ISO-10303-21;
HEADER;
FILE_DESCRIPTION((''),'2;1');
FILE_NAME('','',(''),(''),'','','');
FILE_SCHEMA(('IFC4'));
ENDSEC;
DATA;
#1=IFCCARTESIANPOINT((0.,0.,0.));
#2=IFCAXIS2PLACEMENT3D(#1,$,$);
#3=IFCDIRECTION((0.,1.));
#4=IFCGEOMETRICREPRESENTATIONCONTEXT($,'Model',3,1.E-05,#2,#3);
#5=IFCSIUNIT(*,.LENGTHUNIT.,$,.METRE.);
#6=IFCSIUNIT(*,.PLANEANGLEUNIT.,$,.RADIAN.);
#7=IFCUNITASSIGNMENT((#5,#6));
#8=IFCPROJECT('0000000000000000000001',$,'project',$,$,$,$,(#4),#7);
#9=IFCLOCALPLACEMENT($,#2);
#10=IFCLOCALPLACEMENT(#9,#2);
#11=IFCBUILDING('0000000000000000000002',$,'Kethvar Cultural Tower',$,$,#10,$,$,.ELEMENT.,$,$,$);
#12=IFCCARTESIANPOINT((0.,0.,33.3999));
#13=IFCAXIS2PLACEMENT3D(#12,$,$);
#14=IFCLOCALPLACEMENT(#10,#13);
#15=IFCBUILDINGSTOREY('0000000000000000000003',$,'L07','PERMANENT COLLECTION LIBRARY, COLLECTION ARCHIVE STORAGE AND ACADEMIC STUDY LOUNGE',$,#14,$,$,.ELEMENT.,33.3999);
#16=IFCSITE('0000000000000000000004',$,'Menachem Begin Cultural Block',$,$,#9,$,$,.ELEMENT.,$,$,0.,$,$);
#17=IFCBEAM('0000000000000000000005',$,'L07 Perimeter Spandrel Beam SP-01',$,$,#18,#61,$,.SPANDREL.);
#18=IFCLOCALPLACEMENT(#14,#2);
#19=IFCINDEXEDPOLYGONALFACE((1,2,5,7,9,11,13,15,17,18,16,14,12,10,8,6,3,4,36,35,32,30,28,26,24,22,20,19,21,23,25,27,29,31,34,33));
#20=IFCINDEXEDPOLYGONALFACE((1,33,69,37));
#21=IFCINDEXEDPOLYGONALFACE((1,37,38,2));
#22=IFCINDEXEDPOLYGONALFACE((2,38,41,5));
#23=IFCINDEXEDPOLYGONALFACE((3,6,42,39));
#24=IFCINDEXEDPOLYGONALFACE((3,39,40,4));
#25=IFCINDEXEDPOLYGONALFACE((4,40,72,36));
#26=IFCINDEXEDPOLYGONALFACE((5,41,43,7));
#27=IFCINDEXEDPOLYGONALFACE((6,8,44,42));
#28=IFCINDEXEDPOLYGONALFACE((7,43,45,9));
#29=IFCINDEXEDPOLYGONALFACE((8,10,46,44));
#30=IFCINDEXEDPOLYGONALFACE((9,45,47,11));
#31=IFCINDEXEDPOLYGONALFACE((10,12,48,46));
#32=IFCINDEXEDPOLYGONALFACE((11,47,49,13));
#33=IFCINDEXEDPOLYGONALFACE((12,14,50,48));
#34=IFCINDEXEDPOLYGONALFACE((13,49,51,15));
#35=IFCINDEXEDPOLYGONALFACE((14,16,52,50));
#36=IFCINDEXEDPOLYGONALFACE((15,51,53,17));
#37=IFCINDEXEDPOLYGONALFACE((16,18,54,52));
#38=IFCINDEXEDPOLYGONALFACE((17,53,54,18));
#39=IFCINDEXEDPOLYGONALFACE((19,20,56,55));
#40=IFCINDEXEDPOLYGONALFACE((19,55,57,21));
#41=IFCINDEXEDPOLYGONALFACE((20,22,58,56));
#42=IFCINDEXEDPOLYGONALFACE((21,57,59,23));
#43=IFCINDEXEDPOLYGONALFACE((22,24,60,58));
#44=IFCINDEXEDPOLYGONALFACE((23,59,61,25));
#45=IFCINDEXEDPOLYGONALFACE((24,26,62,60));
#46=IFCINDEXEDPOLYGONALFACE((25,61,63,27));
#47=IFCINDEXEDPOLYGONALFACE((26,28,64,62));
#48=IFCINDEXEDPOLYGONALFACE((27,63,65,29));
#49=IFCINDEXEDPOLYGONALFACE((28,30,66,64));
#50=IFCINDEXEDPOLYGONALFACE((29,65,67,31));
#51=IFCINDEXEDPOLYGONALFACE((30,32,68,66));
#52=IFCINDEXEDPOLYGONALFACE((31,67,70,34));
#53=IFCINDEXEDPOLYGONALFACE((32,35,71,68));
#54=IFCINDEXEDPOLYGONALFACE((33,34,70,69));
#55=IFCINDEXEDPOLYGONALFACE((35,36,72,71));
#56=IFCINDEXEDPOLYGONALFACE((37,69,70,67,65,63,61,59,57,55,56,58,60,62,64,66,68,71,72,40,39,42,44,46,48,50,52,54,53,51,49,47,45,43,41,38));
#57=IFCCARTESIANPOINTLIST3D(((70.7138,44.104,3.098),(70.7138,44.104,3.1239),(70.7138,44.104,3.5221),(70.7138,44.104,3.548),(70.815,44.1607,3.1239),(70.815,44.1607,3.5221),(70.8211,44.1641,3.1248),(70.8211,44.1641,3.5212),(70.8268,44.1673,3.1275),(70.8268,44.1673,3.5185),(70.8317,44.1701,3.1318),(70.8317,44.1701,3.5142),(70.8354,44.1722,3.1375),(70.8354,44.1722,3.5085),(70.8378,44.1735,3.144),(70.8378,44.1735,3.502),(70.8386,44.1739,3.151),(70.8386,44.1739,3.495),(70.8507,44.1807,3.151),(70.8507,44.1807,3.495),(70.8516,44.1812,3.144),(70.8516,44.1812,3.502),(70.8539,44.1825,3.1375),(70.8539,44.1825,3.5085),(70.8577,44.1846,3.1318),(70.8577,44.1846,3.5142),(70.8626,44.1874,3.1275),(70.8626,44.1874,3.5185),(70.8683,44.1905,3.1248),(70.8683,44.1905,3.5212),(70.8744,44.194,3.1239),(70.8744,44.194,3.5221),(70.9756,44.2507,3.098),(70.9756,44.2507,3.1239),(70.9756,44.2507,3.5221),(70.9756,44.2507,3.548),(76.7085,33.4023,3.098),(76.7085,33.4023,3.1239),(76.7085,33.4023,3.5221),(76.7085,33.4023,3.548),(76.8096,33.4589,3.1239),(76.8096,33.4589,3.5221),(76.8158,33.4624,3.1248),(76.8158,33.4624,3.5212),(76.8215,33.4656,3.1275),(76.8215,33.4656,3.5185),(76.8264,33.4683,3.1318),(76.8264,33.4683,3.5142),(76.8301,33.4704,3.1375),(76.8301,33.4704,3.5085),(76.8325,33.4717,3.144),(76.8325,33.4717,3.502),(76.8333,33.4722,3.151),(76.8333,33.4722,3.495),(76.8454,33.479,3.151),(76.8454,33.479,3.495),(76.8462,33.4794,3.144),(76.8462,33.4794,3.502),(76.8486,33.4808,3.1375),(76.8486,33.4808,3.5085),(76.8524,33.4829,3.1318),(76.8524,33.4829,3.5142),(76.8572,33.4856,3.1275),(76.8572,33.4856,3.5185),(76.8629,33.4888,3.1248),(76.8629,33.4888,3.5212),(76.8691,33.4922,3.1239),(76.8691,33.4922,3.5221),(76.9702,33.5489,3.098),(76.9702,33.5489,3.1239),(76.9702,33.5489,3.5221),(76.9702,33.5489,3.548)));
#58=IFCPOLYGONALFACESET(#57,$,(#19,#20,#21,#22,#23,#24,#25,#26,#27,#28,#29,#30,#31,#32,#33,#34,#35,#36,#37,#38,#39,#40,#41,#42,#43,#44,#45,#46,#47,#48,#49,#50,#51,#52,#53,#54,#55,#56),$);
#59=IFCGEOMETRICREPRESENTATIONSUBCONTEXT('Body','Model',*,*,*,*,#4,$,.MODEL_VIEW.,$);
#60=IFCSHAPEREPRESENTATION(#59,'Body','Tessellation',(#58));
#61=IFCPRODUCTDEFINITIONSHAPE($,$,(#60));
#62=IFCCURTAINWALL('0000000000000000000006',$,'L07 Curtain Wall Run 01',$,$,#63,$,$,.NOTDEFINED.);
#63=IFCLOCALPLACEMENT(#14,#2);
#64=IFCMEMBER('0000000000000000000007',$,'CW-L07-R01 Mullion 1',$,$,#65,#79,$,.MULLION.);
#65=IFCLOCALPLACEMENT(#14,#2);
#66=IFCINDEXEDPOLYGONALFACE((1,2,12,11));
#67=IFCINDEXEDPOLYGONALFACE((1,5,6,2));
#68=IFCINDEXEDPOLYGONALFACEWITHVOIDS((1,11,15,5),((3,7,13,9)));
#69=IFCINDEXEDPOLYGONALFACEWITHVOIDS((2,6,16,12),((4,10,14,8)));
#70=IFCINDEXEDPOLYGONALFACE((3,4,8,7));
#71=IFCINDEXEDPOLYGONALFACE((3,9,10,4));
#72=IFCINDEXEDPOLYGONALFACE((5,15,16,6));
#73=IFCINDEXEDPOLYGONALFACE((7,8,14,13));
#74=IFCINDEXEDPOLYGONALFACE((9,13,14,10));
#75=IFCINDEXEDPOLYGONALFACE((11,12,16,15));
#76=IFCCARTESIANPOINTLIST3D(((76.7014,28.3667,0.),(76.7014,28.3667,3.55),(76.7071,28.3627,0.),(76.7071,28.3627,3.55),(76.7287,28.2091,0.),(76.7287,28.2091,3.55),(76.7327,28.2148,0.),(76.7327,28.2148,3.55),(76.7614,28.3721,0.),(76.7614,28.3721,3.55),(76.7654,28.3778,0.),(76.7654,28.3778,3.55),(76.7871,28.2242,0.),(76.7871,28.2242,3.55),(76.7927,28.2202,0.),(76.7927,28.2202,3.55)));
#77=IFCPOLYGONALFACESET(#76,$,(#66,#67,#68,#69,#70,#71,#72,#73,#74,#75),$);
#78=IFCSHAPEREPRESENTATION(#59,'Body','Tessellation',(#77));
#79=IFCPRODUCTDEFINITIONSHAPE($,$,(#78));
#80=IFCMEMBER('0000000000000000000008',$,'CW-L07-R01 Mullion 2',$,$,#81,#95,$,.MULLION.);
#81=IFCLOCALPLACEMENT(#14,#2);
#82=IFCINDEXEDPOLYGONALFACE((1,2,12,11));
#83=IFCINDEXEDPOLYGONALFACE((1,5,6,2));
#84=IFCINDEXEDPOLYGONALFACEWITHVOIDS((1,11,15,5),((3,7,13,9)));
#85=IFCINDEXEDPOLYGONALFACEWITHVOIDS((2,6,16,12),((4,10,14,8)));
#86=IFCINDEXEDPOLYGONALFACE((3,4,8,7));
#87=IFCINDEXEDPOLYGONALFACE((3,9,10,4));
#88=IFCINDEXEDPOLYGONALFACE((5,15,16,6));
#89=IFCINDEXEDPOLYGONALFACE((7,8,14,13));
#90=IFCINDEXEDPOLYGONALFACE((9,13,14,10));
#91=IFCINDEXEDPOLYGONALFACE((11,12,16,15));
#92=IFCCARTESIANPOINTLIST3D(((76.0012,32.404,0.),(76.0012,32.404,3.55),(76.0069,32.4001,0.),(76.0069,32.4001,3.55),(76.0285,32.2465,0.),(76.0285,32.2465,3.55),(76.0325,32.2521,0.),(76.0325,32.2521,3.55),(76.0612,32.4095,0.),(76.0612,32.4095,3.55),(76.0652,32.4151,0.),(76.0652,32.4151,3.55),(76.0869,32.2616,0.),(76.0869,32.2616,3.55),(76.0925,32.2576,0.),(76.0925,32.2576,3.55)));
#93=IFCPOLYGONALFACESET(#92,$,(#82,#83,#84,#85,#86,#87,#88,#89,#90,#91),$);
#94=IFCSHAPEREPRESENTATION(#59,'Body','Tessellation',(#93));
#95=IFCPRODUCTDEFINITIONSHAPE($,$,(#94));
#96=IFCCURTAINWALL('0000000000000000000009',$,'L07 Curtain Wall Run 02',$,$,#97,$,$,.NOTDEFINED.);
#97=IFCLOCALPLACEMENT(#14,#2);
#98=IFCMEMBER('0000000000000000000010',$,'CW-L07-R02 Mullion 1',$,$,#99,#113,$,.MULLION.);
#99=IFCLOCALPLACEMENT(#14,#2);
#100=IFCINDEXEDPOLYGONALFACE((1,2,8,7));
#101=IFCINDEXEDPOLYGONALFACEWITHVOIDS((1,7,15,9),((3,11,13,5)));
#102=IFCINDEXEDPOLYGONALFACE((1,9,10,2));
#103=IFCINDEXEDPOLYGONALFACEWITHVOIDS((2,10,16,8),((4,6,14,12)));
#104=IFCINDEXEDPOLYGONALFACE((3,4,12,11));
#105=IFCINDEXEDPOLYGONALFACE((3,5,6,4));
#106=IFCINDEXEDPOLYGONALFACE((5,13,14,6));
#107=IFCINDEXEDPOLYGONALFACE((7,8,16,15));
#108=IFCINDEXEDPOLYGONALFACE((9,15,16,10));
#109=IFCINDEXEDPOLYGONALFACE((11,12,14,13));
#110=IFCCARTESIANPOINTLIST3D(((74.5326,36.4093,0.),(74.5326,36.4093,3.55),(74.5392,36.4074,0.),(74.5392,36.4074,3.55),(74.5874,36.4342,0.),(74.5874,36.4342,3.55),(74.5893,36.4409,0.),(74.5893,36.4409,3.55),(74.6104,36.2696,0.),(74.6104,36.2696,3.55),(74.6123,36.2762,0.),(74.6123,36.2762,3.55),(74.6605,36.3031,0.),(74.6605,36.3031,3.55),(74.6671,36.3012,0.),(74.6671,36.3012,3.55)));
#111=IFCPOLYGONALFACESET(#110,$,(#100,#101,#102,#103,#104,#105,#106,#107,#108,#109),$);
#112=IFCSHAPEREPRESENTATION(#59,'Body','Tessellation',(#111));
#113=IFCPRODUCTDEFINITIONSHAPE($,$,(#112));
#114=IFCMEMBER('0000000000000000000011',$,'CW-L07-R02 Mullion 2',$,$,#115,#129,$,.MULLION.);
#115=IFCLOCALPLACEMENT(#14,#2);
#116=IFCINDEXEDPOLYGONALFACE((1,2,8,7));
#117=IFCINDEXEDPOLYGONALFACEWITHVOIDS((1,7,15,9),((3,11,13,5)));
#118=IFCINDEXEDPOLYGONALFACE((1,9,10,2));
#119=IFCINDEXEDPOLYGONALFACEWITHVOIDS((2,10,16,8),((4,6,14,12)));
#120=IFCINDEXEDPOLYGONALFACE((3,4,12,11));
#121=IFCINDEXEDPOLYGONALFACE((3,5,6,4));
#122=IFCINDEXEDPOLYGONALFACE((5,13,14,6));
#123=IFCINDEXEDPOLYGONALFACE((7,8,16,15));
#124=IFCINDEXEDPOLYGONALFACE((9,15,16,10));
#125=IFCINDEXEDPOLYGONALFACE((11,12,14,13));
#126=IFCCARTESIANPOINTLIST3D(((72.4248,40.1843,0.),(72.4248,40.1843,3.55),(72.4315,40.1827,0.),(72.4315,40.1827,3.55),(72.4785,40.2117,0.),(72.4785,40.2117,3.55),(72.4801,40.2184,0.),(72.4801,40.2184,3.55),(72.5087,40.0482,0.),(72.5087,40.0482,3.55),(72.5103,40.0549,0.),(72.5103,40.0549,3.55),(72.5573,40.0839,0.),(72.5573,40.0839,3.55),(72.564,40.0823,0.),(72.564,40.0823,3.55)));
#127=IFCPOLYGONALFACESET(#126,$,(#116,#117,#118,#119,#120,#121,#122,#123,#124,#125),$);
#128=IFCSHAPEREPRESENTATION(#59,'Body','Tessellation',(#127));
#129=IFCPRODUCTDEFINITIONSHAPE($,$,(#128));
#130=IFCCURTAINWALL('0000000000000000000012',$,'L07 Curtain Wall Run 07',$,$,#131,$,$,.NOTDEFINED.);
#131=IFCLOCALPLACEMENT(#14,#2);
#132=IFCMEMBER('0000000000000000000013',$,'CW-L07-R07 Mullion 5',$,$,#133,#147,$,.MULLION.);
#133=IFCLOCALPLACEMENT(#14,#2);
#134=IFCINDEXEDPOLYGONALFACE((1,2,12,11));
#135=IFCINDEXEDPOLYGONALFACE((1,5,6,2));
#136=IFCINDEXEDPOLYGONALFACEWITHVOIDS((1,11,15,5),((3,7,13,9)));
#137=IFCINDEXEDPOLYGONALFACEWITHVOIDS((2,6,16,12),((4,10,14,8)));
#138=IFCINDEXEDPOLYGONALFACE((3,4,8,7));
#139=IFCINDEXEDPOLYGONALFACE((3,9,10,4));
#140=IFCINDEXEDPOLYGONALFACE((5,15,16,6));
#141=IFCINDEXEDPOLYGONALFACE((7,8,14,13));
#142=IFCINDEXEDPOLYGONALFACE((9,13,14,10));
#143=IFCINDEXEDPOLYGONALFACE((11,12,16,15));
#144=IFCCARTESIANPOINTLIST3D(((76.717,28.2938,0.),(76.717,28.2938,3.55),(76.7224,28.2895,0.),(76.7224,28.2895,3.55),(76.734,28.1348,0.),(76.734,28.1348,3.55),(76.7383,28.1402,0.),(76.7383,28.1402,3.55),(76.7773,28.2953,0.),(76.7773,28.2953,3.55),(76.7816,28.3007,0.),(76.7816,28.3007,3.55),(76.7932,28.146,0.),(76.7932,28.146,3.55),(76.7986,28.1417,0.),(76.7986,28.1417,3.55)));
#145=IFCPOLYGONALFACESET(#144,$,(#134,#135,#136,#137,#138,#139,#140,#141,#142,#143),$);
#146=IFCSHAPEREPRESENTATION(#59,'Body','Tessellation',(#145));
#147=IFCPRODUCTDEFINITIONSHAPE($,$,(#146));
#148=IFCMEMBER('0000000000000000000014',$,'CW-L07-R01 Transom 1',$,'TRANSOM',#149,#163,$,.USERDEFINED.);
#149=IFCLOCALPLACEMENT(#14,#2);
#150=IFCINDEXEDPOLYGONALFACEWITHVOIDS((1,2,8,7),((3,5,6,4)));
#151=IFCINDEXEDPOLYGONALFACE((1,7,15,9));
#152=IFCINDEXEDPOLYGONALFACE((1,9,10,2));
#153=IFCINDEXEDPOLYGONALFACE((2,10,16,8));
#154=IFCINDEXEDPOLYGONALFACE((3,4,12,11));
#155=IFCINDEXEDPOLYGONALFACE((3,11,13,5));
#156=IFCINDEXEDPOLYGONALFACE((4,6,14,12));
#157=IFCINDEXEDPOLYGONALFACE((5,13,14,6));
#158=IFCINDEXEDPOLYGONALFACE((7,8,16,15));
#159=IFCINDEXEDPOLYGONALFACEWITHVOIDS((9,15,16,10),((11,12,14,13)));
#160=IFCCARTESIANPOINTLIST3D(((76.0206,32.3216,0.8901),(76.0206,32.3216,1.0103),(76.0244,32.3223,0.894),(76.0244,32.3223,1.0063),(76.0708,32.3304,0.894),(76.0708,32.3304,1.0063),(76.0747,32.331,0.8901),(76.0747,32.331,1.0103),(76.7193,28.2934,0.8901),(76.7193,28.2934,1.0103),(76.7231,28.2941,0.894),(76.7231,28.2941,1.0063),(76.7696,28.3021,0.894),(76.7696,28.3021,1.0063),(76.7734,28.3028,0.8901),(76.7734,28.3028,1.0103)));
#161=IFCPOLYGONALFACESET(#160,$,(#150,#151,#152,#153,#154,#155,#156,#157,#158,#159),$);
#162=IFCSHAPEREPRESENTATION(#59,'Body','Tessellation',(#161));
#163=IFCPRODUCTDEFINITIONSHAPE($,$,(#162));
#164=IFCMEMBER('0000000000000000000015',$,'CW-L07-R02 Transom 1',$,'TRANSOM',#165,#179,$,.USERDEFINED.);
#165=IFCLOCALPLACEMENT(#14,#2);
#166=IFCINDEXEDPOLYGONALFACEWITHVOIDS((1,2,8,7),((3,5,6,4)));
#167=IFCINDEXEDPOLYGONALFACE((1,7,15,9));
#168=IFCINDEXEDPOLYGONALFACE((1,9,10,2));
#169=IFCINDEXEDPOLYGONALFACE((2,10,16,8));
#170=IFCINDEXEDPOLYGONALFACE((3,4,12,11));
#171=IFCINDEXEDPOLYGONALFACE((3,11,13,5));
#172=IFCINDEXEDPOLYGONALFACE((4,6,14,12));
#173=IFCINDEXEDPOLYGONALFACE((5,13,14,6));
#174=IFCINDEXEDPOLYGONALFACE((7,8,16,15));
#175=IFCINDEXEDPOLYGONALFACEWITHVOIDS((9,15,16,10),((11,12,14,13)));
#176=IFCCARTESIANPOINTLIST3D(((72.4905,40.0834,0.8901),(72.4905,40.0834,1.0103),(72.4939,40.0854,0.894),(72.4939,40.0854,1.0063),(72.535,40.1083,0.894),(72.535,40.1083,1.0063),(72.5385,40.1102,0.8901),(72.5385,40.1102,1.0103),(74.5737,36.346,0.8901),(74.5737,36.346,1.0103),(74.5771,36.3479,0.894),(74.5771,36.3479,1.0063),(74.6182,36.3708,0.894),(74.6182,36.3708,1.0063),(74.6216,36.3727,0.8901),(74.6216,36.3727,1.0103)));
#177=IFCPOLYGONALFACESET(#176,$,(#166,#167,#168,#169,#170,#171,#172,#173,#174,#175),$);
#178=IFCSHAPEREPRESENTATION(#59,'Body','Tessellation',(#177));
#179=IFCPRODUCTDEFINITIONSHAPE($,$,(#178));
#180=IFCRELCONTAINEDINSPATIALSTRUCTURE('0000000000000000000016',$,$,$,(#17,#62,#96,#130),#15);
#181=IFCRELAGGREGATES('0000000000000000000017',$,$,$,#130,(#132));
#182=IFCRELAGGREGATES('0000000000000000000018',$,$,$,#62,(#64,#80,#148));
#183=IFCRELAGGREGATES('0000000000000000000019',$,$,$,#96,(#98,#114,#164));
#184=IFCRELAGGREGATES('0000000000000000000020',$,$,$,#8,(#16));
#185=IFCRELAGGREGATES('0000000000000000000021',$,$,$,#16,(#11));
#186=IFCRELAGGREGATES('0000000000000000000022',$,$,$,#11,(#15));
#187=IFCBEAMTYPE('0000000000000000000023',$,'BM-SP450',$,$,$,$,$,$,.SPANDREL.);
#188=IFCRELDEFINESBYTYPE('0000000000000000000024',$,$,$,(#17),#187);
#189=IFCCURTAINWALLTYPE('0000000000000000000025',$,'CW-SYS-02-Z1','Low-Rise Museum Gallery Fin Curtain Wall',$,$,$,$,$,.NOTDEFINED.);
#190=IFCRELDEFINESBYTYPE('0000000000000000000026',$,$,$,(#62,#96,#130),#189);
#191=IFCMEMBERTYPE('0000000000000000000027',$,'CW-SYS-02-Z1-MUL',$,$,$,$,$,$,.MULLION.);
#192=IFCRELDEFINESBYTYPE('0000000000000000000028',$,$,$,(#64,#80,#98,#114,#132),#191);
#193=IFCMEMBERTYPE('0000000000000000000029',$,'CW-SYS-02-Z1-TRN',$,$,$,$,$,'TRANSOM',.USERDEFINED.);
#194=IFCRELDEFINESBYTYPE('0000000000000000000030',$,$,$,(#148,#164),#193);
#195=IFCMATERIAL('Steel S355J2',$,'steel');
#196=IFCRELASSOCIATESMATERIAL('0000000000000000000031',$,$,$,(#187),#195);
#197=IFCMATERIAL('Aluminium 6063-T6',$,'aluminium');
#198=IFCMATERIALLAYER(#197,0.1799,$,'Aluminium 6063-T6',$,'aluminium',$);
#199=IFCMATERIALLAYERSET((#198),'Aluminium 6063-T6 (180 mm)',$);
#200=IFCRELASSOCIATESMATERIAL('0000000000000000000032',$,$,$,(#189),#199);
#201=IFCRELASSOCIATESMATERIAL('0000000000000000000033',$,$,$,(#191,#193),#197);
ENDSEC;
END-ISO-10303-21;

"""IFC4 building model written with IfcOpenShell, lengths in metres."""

from ifc_helpers import new_model, si_unit, direction, frame, origin, origin_2d, place, context, subcontext, project, spatial, hollow_rectangle, i_section, extrude, source, transform, mapped, material, layer, layer_set, material_profile, profile_set, type_object, element, aggregate, save


model = new_model("IFC4")

# Units and contexts
model_context = context("Model", 3, precision=1e-05, world=origin(), true_north=direction((0.0, 1.0)))
body_context = subcontext(model_context, "Body", "Model", "MODEL_VIEW")
ifc_project = project(units=[si_unit("LENGTHUNIT", "METRE"), si_unit("PLANEANGLEUNIT", "RADIAN")], contexts=[model_context])

# Site, building, storey
site_placement = place(None, origin())
site = spatial("IfcSite", under=ifc_project, at=site_placement, Name="Menachem Begin Cultural Block", CompositionType="ELEMENT", RefElevation=0.0)
building_placement = place(site_placement, origin())
building = spatial("IfcBuilding", under=site, at=building_placement, Name="Kethvar Cultural Tower", CompositionType="ELEMENT")
storey_placement = place(building_placement, frame((0.0, 0.0, 33.3999)))
storey = spatial("IfcBuildingStorey", under=building, at=storey_placement, Name="L07", Description="PERMANENT COLLECTION LIBRARY, COLLECTION ARCHIVE STORAGE AND ACADEMIC STUDY LOUNGE", CompositionType="ELEMENT", Elevation=33.3999)

# Beam
ifc_material_1 = material(Name="Steel S355J2", Category="steel")
ifc_material_profile_1 = material_profile(ifc_material_1, i_section(OverallWidth=0.3, OverallDepth=0.45, WebThickness=0.0139, FlangeThickness=0.0259, FilletRadius=0.0271, at=origin_2d()), Name="Steel S355J2 — HEB450")
ifc_profile_set_1 = profile_set([ifc_material_profile_1], Name="Steel S355J2 — HEB450")
beam_type_1 = type_object("IfcBeamType", Name="BM-SP450", PredefinedType="SPANDREL", material=ifc_profile_set_1)
shared_shape_1 = source(origin(), body_context, "Body", "SweptSolid", [
    extrude(i_section(OverallWidth=0.3, OverallDepth=0.45, WebThickness=0.0139, FlangeThickness=0.0259, FilletRadius=0.0271, at=origin_2d()), origin(), (0.0, 0.0, 1.0), 12.2664),
])
beam_1_placement = place(storey_placement, frame((76.8394, 33.4756, 3.323), z_axis=(-0.488709, 0.872447, 0.0), x_axis=(-0.872447, -0.488709, 0.0)))
element("IfcBeam", 1, at=beam_1_placement, inside=storey, type_object=beam_type_1, Name="L07 Perimeter Spandrel Beam SP-01", PredefinedType="SPANDREL", context=body_context, shape_type="MappedRepresentation", body=[
    mapped(shared_shape_1, transform((0.0, 0.0, 0.0), scale=1.0)),
])

# Curtain walls, members
ifc_material_2 = material(Name="Aluminium 6063-T6", Category="aluminium")
ifc_layer_1 = layer(ifc_material_2, 0.1799, Name="Aluminium 6063-T6", Category="aluminium")
ifc_layer_set_1 = layer_set([ifc_layer_1], Name="Aluminium 6063-T6 (180 mm)")
curtain_wall_type = type_object("IfcCurtainWallType", Name="CW-SYS-02-Z1", Description="Low-Rise Museum Gallery Fin Curtain Wall", PredefinedType="NOTDEFINED", material=ifc_layer_set_1)
curtain_wall_1_placement = place(storey_placement, origin())
curtain_wall_1 = element("IfcCurtainWall", 2, at=curtain_wall_1_placement, inside=storey, type_object=curtain_wall_type, Name="L07 Curtain Wall Run 01", PredefinedType="NOTDEFINED")
ifc_material_profile_2 = material_profile(ifc_material_2, hollow_rectangle(XDim=0.0649, YDim=0.1599, WallThickness=0.0049, at=origin_2d()), Name="Aluminium 6063-T6 — RHS160x65x5")
ifc_profile_set_2 = profile_set([ifc_material_profile_2], Name="Aluminium 6063-T6 — RHS160x65x5")
member_type_1 = type_object("IfcMemberType", Name="CW-SYS-02-Z1-MUL", PredefinedType="MULLION", material=ifc_profile_set_2)
shared_shape_2 = source(origin(), body_context, "Body", "SweptSolid", [
    extrude(hollow_rectangle(XDim=0.0649, YDim=0.1599, WallThickness=0.0049, at=origin_2d()), origin(), (0.0, 0.0, 1.0), 3.55),
])
member_1_placement = place(storey_placement, frame((76.7471, 28.2935, 0.0), z_axis=(0.0, 0.0, 1.0), x_axis=(-0.985289, -0.170897, 0.0)))
member_1 = element("IfcMember", 3, at=member_1_placement, type_object=member_type_1, Name="CW-L07-R01 Mullion 1", PredefinedType="MULLION", context=body_context, shape_type="MappedRepresentation", body=[
    mapped(shared_shape_2, transform((0.0, 0.0, 0.0), scale=1.0)),
])
member_2_placement = place(storey_placement, frame((76.0469, 32.3308, 0.0), z_axis=(0.0, 0.0, 1.0), x_axis=(-0.985289, -0.170897, 0.0)))
member_2 = element("IfcMember", 4, at=member_2_placement, type_object=member_type_1, Name="CW-L07-R01 Mullion 2", PredefinedType="MULLION", context=body_context, shape_type="MappedRepresentation", body=[
    mapped(shared_shape_2, transform((0.0, 0.0, 0.0), scale=1.0)),
])
curtain_wall_2_placement = place(storey_placement, origin())
curtain_wall_2 = element("IfcCurtainWall", 5, at=curtain_wall_2_placement, inside=storey, type_object=curtain_wall_type, Name="L07 Curtain Wall Run 02", PredefinedType="NOTDEFINED")
member_3_placement = place(storey_placement, frame((74.5999, 36.3552, 0.0), z_axis=(0.0, 0.0, 1.0), x_axis=(-0.873492, -0.486839, 0.0)))
member_3 = element("IfcMember", 6, at=member_3_placement, type_object=member_type_1, Name="CW-L07-R02 Mullion 1", PredefinedType="MULLION", context=body_context, shape_type="MappedRepresentation", body=[
    mapped(shared_shape_2, transform((0.0, 0.0, 0.0), scale=1.0)),
])
member_4_placement = place(storey_placement, frame((72.4944, 40.1333, 0.0), z_axis=(0.0, 0.0, 1.0), x_axis=(-0.851178, -0.524878, 0.0)))
member_4 = element("IfcMember", 7, at=member_4_placement, type_object=member_type_1, Name="CW-L07-R02 Mullion 2", PredefinedType="MULLION", context=body_context, shape_type="MappedRepresentation", body=[
    mapped(shared_shape_2, transform((0.0, 0.0, 0.0), scale=1.0)),
])

# Curtain wall, member
curtain_wall_3_placement = place(storey_placement, origin())
curtain_wall_3 = element("IfcCurtainWall", 8, at=curtain_wall_3_placement, inside=storey, type_object=curtain_wall_type, Name="L07 Curtain Wall Run 07", PredefinedType="NOTDEFINED")
member_5_placement = place(storey_placement, frame((76.7578, 28.2178, 0.0), z_axis=(0.0, 0.0, 1.0), x_axis=(-0.994366, -0.106004, 0.0)))
member_5 = element("IfcMember", 9, at=member_5_placement, type_object=member_type_1, Name="CW-L07-R07 Mullion 5", PredefinedType="MULLION", context=body_context, shape_type="MappedRepresentation", body=[
    mapped(shared_shape_2, transform((0.0, 0.0, 0.0), scale=1.0)),
])
aggregate(curtain_wall_3, [member_5])

# Members
ifc_material_profile_3 = material_profile(ifc_material_2, hollow_rectangle(XDim=0.0549, YDim=0.1201, WallThickness=0.0039, at=origin_2d()), Name="Aluminium 6063-T6 — RHS120x55x4")
ifc_profile_set_3 = profile_set([ifc_material_profile_3], Name="Aluminium 6063-T6 — RHS120x55x4")
member_type_2 = type_object("IfcMemberType", Name="CW-SYS-02-Z1-TRN", ElementType="TRANSOM", PredefinedType="USERDEFINED", material=ifc_profile_set_3)
shared_shape_3 = source(origin(), body_context, "Body", "SweptSolid", [
    extrude(hollow_rectangle(XDim=0.0549, YDim=0.1201, WallThickness=0.0039, at=origin_2d()), origin(), (0.0, 0.0, 1.0), 4.0884),
])
member_6_placement = place(storey_placement, frame((76.7463, 28.2981, 0.9502), z_axis=(-0.170903, 0.985288, 0.0), x_axis=(-0.985288, -0.170903, 0.0)))
member_6 = element("IfcMember", 10, at=member_6_placement, type_object=member_type_2, Name="CW-L07-R01 Transom 1", ObjectType="TRANSOM", PredefinedType="USERDEFINED", context=body_context, shape_type="MappedRepresentation", body=[
    mapped(shared_shape_3, transform((0.0, 0.0, 0.0), scale=1.0)),
])
shared_shape_4 = source(origin(), body_context, "Body", "SweptSolid", [
    extrude(hollow_rectangle(XDim=0.0549, YDim=0.1201, WallThickness=0.0039, at=origin_2d()), origin(), (0.0, 0.0, 1.0), 4.2788),
])
member_7_placement = place(storey_placement, frame((74.5977, 36.3594, 0.9502), z_axis=(-0.486863, 0.873478, 0.0), x_axis=(-0.873478, -0.486863, 0.0)))
member_7 = element("IfcMember", 11, at=member_7_placement, type_object=member_type_2, Name="CW-L07-R02 Transom 1", ObjectType="TRANSOM", PredefinedType="USERDEFINED", context=body_context, shape_type="MappedRepresentation", body=[
    mapped(shared_shape_4, transform((0.0, 0.0, 0.0), scale=1.0)),
])

aggregate(curtain_wall_1, [member_1, member_2, member_6])
aggregate(curtain_wall_2, [member_3, member_4, member_7])

save(model, "model.ifc")
